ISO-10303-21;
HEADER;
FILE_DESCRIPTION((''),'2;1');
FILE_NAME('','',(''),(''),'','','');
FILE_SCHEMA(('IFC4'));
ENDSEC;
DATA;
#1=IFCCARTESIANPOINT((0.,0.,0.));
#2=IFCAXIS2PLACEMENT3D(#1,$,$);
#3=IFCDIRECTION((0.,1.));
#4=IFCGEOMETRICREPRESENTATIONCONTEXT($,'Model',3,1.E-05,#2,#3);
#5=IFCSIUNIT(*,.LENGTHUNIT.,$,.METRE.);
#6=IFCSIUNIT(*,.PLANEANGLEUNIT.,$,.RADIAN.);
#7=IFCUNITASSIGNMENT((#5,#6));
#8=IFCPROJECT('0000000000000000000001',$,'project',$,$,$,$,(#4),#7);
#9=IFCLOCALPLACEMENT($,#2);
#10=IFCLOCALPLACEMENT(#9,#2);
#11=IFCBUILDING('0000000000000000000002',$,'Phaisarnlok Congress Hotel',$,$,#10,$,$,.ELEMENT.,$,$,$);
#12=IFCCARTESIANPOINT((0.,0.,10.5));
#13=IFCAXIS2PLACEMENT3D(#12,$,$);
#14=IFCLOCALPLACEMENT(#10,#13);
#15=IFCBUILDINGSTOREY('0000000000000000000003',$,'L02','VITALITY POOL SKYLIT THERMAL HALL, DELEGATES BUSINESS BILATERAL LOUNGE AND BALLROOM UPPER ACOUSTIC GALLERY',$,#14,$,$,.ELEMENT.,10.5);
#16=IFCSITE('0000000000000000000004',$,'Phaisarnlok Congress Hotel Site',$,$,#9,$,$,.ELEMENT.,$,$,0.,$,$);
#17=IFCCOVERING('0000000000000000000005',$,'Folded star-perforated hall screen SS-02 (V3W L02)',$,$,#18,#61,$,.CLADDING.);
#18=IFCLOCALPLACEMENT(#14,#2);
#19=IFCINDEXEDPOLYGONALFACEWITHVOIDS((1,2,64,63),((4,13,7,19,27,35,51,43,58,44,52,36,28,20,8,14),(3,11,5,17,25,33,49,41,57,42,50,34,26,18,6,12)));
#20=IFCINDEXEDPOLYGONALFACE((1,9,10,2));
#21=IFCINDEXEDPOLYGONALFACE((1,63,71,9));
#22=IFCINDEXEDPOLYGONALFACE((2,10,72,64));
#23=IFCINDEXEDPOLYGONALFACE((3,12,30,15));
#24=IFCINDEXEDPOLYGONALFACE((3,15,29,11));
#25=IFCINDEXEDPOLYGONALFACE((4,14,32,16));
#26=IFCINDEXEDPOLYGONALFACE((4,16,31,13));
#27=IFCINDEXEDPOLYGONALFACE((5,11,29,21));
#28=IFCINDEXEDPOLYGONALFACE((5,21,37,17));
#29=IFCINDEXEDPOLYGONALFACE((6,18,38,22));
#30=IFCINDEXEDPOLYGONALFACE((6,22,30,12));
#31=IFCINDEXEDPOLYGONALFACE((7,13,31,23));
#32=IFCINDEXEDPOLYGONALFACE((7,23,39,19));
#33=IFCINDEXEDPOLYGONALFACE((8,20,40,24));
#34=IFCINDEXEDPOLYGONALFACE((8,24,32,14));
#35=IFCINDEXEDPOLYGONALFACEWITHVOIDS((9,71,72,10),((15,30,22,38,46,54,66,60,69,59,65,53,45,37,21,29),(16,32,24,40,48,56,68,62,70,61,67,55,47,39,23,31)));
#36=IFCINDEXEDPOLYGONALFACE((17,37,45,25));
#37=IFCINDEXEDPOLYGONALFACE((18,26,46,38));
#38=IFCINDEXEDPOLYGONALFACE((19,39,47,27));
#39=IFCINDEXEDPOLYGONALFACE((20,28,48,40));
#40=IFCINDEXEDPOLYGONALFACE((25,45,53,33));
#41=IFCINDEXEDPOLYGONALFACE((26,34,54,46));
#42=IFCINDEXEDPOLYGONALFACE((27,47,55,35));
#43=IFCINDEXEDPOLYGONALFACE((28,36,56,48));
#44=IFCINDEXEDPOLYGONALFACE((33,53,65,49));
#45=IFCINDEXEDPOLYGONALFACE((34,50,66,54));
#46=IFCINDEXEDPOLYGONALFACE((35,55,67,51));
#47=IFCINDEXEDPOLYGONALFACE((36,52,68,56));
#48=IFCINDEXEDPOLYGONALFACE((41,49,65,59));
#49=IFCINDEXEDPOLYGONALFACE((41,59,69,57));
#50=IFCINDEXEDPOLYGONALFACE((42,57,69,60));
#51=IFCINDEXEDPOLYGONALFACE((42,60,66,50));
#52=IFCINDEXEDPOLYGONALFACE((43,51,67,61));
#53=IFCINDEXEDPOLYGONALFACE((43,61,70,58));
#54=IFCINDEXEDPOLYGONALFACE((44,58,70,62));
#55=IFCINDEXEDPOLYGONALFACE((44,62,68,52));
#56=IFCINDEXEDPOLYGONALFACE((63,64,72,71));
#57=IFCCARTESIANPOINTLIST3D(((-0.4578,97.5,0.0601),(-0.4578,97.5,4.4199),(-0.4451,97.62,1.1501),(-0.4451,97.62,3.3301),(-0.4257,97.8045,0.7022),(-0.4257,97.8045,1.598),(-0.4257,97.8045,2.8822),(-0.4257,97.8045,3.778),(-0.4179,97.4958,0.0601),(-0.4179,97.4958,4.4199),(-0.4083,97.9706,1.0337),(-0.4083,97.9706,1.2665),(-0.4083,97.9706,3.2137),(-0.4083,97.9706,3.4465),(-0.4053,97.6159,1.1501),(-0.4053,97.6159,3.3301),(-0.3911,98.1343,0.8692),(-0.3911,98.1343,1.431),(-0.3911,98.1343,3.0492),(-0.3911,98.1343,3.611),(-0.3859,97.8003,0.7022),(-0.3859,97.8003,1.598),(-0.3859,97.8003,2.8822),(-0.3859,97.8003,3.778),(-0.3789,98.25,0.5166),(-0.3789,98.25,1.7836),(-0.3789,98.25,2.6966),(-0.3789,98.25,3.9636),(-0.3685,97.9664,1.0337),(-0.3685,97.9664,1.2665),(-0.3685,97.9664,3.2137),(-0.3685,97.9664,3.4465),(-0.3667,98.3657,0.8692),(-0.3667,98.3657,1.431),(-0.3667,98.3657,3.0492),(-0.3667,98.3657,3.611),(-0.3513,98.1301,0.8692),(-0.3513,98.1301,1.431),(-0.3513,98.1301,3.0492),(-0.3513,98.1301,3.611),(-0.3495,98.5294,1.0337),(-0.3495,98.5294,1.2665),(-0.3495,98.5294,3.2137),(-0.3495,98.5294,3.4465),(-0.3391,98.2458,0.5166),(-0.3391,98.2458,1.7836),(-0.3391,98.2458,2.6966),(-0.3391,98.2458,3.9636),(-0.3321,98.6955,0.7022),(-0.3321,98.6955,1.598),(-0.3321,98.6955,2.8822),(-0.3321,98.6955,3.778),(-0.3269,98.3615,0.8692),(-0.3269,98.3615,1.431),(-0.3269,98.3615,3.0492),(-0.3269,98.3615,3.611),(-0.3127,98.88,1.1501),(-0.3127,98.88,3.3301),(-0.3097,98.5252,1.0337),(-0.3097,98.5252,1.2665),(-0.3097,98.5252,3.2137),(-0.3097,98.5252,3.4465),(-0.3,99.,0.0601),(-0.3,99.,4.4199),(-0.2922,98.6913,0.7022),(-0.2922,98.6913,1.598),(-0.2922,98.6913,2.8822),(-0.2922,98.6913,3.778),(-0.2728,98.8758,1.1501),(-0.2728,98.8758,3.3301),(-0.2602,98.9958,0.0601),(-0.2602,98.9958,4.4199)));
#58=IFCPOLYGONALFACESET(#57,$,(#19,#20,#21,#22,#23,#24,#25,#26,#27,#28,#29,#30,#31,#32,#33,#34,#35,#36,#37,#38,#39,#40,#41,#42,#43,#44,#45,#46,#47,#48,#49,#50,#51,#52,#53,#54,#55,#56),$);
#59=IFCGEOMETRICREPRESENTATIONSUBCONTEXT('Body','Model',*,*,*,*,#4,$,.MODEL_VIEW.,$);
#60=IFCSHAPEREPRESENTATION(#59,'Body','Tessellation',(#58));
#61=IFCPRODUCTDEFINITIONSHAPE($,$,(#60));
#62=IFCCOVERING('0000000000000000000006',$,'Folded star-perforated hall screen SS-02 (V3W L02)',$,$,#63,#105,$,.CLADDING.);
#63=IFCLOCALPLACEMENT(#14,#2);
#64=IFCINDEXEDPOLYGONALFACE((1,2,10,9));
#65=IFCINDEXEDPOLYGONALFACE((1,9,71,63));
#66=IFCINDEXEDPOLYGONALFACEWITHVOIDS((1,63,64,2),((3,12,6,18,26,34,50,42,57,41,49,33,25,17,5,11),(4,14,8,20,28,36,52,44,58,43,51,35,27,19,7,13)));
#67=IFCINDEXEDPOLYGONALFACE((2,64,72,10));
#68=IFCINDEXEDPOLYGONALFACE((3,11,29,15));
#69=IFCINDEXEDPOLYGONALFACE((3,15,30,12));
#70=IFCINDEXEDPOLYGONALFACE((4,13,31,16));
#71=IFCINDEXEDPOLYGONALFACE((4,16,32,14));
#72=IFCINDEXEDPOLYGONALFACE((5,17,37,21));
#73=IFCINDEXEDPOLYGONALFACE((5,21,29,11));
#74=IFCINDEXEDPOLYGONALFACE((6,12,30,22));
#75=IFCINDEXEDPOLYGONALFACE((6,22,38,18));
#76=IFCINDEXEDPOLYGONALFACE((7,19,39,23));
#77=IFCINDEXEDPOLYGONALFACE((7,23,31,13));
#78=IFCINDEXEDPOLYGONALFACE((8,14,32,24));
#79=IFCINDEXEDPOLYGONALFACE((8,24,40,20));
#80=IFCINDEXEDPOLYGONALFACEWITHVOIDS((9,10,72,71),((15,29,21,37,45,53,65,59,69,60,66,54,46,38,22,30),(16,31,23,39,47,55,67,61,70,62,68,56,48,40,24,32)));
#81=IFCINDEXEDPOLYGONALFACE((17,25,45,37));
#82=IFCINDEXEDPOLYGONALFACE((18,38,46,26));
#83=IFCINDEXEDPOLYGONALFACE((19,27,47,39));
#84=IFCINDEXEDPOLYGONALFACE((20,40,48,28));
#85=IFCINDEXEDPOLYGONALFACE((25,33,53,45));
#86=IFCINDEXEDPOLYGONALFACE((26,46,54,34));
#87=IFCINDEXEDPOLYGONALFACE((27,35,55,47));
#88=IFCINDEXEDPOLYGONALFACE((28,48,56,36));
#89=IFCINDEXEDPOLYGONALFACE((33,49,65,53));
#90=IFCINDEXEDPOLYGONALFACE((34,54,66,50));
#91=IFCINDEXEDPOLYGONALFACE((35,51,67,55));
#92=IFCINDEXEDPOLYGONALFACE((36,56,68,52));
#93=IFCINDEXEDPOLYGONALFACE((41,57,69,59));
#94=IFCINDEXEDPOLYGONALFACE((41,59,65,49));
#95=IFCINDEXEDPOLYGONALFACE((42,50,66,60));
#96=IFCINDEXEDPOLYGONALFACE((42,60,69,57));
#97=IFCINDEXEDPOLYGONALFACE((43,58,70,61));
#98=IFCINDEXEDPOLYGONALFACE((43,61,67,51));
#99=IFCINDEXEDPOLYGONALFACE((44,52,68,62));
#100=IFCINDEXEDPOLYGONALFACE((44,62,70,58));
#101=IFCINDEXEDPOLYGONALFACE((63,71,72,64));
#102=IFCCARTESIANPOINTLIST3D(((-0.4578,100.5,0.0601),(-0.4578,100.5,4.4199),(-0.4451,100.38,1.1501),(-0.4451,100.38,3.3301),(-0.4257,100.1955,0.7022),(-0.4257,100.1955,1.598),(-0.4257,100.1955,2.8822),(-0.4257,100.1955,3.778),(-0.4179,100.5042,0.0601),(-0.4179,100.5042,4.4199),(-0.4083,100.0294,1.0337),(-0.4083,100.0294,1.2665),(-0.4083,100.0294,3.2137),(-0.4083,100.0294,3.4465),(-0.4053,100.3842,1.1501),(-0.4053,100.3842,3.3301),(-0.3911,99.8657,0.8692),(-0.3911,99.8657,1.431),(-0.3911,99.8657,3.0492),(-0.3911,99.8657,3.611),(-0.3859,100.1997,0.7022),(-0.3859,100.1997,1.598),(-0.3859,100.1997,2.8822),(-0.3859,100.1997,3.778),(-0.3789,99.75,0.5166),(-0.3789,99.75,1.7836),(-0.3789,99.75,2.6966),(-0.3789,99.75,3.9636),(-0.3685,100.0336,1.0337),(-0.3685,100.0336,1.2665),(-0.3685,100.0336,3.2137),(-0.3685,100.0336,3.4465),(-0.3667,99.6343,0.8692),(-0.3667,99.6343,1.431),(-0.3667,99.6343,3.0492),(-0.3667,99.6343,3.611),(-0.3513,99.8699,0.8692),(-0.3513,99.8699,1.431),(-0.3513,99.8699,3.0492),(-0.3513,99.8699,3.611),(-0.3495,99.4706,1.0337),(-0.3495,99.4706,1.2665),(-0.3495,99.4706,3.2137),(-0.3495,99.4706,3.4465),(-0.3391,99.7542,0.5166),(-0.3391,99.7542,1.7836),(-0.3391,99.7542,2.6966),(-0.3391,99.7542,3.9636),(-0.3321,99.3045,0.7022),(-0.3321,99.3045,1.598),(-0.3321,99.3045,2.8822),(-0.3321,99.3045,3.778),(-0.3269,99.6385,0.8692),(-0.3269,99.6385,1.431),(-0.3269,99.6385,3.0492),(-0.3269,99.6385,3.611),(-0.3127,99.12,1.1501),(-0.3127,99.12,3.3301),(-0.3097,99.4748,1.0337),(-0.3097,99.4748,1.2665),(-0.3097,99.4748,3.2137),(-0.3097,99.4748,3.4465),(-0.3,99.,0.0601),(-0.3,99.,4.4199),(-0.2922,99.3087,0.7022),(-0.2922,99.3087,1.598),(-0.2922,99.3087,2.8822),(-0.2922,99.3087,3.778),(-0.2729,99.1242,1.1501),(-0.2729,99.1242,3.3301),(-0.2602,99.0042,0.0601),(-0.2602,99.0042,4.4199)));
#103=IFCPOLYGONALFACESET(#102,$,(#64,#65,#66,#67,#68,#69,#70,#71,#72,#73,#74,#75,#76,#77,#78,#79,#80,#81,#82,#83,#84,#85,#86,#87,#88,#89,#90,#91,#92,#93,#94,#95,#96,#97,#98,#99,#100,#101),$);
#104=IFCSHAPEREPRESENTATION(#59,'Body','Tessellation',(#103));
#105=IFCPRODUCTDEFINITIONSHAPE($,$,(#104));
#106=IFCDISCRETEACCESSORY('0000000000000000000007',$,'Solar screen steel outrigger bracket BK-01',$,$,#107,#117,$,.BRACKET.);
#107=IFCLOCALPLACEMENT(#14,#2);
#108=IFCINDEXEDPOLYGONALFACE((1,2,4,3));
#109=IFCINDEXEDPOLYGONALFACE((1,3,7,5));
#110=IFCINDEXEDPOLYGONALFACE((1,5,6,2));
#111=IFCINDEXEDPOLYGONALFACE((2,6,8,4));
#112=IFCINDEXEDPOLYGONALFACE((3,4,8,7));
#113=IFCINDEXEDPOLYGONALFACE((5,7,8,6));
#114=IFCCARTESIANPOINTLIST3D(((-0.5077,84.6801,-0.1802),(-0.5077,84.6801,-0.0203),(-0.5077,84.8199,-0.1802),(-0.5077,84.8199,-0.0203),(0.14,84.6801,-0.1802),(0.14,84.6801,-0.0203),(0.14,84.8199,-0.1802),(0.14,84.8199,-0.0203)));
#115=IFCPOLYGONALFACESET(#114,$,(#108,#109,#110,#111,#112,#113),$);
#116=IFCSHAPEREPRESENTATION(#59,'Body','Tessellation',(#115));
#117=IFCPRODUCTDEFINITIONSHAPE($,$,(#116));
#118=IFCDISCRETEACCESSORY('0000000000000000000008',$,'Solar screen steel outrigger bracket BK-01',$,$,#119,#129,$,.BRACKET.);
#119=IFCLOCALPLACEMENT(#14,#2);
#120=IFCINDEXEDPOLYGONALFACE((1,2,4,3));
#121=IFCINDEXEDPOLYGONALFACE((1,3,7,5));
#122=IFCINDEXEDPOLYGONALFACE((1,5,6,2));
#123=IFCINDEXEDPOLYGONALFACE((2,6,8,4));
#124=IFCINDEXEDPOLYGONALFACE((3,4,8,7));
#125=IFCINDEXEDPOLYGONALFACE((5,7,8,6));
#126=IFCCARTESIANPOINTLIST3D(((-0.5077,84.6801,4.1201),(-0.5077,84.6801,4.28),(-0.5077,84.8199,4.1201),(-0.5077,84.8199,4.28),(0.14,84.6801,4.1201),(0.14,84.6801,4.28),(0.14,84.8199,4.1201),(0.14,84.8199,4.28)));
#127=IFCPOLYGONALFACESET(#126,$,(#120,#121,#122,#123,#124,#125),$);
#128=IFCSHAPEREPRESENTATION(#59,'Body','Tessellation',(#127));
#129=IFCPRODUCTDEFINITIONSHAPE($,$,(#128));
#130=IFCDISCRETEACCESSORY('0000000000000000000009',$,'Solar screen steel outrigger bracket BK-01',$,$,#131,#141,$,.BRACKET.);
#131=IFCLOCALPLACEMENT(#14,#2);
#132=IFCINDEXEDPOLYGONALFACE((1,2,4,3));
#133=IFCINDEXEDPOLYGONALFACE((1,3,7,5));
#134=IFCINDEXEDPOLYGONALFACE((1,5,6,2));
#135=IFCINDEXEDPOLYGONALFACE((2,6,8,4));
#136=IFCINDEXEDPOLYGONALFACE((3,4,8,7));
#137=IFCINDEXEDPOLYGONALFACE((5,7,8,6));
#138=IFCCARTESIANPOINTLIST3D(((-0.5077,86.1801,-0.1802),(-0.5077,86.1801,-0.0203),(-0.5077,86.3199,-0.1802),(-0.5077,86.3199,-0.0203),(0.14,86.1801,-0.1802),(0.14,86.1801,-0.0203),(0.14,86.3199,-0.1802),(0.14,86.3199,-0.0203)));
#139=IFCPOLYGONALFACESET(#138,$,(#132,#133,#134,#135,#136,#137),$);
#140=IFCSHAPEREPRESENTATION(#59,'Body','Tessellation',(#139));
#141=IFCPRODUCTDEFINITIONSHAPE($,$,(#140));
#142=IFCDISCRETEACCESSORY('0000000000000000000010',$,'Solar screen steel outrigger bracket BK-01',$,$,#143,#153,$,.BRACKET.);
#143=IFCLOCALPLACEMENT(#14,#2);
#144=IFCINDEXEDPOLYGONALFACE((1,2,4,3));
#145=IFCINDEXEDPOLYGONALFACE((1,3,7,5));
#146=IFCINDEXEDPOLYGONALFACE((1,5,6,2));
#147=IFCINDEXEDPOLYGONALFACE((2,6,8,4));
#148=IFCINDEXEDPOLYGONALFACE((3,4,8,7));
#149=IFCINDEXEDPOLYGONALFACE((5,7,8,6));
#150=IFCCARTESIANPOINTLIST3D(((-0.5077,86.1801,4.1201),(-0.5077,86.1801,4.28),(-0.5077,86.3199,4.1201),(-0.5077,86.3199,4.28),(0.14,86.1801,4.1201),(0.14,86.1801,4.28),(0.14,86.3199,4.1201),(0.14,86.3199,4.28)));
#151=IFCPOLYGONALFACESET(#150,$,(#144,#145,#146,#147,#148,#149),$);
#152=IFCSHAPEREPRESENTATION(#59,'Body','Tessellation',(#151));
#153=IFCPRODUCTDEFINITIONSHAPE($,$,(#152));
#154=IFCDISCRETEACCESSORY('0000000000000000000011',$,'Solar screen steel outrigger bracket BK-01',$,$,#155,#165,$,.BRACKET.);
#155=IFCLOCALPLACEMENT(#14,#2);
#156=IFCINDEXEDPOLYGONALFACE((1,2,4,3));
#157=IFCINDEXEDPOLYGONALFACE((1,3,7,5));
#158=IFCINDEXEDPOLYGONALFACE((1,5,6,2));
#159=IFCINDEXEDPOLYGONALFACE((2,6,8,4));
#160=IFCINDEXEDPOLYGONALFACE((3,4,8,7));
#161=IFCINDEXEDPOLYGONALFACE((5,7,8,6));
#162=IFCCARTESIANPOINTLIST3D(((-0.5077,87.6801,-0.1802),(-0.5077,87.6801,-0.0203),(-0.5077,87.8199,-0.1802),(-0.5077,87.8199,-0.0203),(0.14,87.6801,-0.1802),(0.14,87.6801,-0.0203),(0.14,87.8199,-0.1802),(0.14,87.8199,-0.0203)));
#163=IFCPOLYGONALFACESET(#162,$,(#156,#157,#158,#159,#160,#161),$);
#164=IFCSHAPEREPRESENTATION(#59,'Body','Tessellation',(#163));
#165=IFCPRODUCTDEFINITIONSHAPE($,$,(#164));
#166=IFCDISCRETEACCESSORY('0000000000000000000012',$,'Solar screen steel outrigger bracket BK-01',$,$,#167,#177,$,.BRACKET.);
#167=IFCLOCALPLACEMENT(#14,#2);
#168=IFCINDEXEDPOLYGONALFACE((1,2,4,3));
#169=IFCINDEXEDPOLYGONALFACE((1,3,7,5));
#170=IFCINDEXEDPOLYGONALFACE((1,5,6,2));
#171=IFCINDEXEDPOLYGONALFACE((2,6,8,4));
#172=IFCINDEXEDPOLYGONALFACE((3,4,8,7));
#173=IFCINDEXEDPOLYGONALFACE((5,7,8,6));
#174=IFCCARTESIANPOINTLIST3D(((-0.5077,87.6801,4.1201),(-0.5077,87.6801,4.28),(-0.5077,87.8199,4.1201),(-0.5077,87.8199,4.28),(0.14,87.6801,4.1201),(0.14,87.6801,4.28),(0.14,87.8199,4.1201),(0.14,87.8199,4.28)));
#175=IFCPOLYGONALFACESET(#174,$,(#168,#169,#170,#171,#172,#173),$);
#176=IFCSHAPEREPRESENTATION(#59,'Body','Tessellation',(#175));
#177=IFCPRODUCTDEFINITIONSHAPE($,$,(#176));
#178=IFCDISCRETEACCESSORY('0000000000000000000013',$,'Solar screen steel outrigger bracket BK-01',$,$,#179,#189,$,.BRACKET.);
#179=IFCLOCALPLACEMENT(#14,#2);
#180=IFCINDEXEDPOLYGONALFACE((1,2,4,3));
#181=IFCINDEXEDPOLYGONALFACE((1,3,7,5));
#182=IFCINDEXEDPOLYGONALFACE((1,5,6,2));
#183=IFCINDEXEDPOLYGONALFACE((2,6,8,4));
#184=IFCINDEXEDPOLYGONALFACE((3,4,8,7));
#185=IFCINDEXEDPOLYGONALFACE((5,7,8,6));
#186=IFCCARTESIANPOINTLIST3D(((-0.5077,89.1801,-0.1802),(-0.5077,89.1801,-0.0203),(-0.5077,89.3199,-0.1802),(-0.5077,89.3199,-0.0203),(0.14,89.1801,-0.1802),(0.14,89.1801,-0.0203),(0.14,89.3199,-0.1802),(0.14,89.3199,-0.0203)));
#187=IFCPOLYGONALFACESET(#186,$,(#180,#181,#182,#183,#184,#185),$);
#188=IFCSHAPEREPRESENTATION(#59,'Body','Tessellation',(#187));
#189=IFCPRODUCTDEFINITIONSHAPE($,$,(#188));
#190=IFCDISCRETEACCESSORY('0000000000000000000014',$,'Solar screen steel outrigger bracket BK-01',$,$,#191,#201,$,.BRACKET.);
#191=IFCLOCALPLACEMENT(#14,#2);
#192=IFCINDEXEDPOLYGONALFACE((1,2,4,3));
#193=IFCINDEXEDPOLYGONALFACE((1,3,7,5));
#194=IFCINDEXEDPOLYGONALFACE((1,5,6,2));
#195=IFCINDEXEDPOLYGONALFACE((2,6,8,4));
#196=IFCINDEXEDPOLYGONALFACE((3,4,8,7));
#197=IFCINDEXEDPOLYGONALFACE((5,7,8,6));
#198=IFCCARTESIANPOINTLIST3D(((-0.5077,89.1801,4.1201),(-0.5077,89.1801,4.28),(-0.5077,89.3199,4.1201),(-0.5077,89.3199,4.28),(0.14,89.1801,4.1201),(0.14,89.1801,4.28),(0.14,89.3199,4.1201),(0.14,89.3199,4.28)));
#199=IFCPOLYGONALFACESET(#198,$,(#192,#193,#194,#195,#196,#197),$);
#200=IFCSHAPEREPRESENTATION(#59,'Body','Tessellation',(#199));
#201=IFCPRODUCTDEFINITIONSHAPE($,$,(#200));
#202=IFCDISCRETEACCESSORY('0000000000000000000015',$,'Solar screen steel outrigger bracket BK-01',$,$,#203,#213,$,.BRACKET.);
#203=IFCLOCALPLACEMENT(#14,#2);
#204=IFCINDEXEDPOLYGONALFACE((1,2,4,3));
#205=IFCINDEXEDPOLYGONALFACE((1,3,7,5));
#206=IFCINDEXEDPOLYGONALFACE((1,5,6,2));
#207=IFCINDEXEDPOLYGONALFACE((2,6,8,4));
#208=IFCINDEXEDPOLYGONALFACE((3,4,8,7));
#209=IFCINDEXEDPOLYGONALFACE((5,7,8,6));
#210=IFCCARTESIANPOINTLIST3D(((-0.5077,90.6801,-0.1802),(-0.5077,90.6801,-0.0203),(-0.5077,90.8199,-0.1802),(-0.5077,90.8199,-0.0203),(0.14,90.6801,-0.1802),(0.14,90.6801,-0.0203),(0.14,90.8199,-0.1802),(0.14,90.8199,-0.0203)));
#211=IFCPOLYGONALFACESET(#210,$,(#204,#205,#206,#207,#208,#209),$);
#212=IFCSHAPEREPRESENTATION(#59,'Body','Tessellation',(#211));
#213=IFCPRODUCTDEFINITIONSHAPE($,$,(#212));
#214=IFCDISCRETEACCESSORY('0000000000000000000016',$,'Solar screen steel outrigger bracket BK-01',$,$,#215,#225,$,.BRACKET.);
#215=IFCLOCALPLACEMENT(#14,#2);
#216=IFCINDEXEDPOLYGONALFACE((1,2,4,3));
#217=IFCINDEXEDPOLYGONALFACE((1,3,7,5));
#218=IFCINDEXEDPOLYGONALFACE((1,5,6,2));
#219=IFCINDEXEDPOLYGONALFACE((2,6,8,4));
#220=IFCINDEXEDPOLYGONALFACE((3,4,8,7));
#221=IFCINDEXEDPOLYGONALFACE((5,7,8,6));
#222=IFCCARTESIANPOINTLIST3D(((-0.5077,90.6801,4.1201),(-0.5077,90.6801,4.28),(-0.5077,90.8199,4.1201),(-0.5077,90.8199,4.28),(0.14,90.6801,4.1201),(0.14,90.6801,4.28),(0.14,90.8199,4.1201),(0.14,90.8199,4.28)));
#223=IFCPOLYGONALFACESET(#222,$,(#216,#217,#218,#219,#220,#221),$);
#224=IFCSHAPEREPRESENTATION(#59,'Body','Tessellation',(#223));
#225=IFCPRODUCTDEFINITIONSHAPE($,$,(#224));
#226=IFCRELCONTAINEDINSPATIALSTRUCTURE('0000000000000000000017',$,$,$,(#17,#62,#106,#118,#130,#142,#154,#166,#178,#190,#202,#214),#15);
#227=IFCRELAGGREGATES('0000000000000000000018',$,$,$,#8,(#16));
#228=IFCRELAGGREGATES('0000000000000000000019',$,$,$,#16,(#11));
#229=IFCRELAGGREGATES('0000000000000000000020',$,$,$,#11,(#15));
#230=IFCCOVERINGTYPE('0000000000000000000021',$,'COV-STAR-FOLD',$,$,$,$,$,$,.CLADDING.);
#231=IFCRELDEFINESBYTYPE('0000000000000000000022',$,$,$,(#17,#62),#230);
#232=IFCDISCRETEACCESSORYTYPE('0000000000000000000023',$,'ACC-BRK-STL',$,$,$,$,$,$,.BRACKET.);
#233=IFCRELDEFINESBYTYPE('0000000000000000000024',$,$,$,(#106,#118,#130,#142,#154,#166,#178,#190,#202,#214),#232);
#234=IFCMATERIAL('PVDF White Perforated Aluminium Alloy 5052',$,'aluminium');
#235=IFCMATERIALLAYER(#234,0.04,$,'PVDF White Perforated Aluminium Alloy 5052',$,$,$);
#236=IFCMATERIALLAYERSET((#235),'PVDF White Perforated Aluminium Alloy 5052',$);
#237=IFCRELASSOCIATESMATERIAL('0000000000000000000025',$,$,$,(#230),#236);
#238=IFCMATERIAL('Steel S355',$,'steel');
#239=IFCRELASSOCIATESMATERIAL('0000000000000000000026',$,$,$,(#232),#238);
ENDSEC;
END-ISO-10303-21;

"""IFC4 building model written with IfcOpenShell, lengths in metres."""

from ifc_helpers import new_model, si_unit, direction, frame, origin, origin_2d, place, context, subcontext, project, spatial, polyline, rectangle, outline, extrude, material, layer, layer_set, type_object, element, save


model = new_model("IFC4")

# Units and contexts
model_context = context("Model", 3, precision=1e-05, world=origin(), true_north=direction((0.0, 1.0)))
body_context = subcontext(model_context, "Body", "Model", "MODEL_VIEW")
ifc_project = project(units=[si_unit("LENGTHUNIT", "METRE"), si_unit("PLANEANGLEUNIT", "RADIAN")], contexts=[model_context])

# Site, building, storey
site_placement = place(None, origin())
site = spatial("IfcSite", under=ifc_project, at=site_placement, Name="Phaisarnlok Congress Hotel Site", CompositionType="ELEMENT", RefElevation=0.0)
building_placement = place(site_placement, origin())
building = spatial("IfcBuilding", under=site, at=building_placement, Name="Phaisarnlok Congress Hotel", CompositionType="ELEMENT")
storey_placement = place(building_placement, frame((0.0, 0.0, 10.5)))
storey = spatial("IfcBuildingStorey", under=building, at=storey_placement, Name="L02", Description="VITALITY POOL SKYLIT THERMAL HALL, DELEGATES BUSINESS BILATERAL LOUNGE AND BALLROOM UPPER ACOUSTIC GALLERY", CompositionType="ELEMENT", Elevation=10.5)

# Coverings
ifc_material_1 = material(Name="PVDF White Perforated Aluminium Alloy 5052", Category="aluminium")
ifc_layer = layer(ifc_material_1, 0.04, Name="PVDF White Perforated Aluminium Alloy 5052")
ifc_layer_set = layer_set([ifc_layer], Name="PVDF White Perforated Aluminium Alloy 5052")
covering_type = type_object("IfcCoveringType", Name="COV-STAR-FOLD", PredefinedType="CLADDING", material=ifc_layer_set)
for number, where, z_axis, x_axis, name in (
    (1, (-0.4578, 97.5, 0.0601), (0.994518, -0.104567, 0.0), (0.104567, 0.994518, 0.0), "Folded star-perforated hall screen SS-02 (V3W L02)"),
    (2, (-0.3, 99.0, 0.0601), (0.994518, 0.104567, 0.0), (-0.104567, 0.994518, 0.0), "Folded star-perforated hall screen SS-02 (V3W L02)"),
):
    element("IfcCovering", number, at=place(storey_placement, frame(where, z_axis=z_axis, x_axis=x_axis)), inside=storey, type_object=covering_type, Name=name, PredefinedType="CLADDING", context=body_context, shape_type="SweptSolid", body=[
        extrude(outline(polyline([(0.0, 0.0), (1.5083, 0.0), (1.5083, 4.3599), (0.0, 4.3599), (0.0, 0.0)]), holes=[polyline([(1.0351, 0.9736), (1.2021, 0.6421), (0.8705, 0.8091), (0.7541, 0.4565), (0.6378, 0.8091), (0.3062, 0.6421), (0.4732, 0.9736), (0.1207, 1.09), (0.4732, 1.2064), (0.3062, 1.5379), (0.6378, 1.3709), (0.7541, 1.7235), (0.8705, 1.3709), (1.2021, 1.5379), (1.0351, 1.2064), (1.3876, 1.09), (1.0351, 0.9736)]), polyline([(1.0351, 3.1536), (1.2021, 2.8221), (0.8705, 2.9891), (0.7541, 2.6365), (0.6378, 2.9891), (0.3062, 2.8221), (0.4732, 3.1536), (0.1207, 3.27), (0.4732, 3.3864), (0.3062, 3.7179), (0.6378, 3.5509), (0.7541, 3.9035), (0.8705, 3.5509), (1.2021, 3.7179), (1.0351, 3.3864), (1.3876, 3.27), (1.0351, 3.1536)])]), origin(), (0.0, 0.0, 1.0), 0.04),
    ])

# Discrete accessories
ifc_material_2 = material(Name="Steel S355", Category="steel")
discrete_accessory_type = type_object("IfcDiscreteAccessoryType", Name="ACC-BRK-STL", PredefinedType="BRACKET", material=ifc_material_2)
for number, where, z_axis, x_axis, name in (
    (3, (-0.1838, 84.75, -0.1802), (0.0, 0.0, 1.0), (1.0, 0.0, 0.0), "Solar screen steel outrigger bracket BK-01"),
    (4, (-0.1838, 84.75, 4.1201), (0.0, 0.0, 1.0), (1.0, 0.0, 0.0), "Solar screen steel outrigger bracket BK-01"),
    (5, (-0.1838, 86.25, -0.1802), (0.0, 0.0, 1.0), (1.0, 0.0, 0.0), "Solar screen steel outrigger bracket BK-01"),
    (6, (-0.1838, 86.25, 4.1201), (0.0, 0.0, 1.0), (1.0, 0.0, 0.0), "Solar screen steel outrigger bracket BK-01"),
    (7, (-0.1838, 87.75, -0.1802), (0.0, 0.0, 1.0), (1.0, 0.0, 0.0), "Solar screen steel outrigger bracket BK-01"),
    (8, (-0.1838, 87.75, 4.1201), (0.0, 0.0, 1.0), (1.0, 0.0, 0.0), "Solar screen steel outrigger bracket BK-01"),
    (9, (-0.1838, 89.25, -0.1802), (0.0, 0.0, 1.0), (1.0, 0.0, 0.0), "Solar screen steel outrigger bracket BK-01"),
    (10, (-0.1838, 89.25, 4.1201), (0.0, 0.0, 1.0), (1.0, 0.0, 0.0), "Solar screen steel outrigger bracket BK-01"),
    (11, (-0.1838, 90.75, -0.1802), (0.0, 0.0, 1.0), (1.0, 0.0, 0.0), "Solar screen steel outrigger bracket BK-01"),
    (12, (-0.1838, 90.75, 4.1201), (0.0, 0.0, 1.0), (1.0, 0.0, 0.0), "Solar screen steel outrigger bracket BK-01"),
):
    element("IfcDiscreteAccessory", number, at=place(storey_placement, frame(where, z_axis=z_axis, x_axis=x_axis)), inside=storey, type_object=discrete_accessory_type, Name=name, PredefinedType="BRACKET", context=body_context, shape_type="SweptSolid", body=[
        extrude(rectangle(XDim=0.6477, YDim=0.1399, at=origin_2d()), origin(), (0.0, 0.0, 1.0), 0.1599),
    ])

save(model, "model.ifc")
